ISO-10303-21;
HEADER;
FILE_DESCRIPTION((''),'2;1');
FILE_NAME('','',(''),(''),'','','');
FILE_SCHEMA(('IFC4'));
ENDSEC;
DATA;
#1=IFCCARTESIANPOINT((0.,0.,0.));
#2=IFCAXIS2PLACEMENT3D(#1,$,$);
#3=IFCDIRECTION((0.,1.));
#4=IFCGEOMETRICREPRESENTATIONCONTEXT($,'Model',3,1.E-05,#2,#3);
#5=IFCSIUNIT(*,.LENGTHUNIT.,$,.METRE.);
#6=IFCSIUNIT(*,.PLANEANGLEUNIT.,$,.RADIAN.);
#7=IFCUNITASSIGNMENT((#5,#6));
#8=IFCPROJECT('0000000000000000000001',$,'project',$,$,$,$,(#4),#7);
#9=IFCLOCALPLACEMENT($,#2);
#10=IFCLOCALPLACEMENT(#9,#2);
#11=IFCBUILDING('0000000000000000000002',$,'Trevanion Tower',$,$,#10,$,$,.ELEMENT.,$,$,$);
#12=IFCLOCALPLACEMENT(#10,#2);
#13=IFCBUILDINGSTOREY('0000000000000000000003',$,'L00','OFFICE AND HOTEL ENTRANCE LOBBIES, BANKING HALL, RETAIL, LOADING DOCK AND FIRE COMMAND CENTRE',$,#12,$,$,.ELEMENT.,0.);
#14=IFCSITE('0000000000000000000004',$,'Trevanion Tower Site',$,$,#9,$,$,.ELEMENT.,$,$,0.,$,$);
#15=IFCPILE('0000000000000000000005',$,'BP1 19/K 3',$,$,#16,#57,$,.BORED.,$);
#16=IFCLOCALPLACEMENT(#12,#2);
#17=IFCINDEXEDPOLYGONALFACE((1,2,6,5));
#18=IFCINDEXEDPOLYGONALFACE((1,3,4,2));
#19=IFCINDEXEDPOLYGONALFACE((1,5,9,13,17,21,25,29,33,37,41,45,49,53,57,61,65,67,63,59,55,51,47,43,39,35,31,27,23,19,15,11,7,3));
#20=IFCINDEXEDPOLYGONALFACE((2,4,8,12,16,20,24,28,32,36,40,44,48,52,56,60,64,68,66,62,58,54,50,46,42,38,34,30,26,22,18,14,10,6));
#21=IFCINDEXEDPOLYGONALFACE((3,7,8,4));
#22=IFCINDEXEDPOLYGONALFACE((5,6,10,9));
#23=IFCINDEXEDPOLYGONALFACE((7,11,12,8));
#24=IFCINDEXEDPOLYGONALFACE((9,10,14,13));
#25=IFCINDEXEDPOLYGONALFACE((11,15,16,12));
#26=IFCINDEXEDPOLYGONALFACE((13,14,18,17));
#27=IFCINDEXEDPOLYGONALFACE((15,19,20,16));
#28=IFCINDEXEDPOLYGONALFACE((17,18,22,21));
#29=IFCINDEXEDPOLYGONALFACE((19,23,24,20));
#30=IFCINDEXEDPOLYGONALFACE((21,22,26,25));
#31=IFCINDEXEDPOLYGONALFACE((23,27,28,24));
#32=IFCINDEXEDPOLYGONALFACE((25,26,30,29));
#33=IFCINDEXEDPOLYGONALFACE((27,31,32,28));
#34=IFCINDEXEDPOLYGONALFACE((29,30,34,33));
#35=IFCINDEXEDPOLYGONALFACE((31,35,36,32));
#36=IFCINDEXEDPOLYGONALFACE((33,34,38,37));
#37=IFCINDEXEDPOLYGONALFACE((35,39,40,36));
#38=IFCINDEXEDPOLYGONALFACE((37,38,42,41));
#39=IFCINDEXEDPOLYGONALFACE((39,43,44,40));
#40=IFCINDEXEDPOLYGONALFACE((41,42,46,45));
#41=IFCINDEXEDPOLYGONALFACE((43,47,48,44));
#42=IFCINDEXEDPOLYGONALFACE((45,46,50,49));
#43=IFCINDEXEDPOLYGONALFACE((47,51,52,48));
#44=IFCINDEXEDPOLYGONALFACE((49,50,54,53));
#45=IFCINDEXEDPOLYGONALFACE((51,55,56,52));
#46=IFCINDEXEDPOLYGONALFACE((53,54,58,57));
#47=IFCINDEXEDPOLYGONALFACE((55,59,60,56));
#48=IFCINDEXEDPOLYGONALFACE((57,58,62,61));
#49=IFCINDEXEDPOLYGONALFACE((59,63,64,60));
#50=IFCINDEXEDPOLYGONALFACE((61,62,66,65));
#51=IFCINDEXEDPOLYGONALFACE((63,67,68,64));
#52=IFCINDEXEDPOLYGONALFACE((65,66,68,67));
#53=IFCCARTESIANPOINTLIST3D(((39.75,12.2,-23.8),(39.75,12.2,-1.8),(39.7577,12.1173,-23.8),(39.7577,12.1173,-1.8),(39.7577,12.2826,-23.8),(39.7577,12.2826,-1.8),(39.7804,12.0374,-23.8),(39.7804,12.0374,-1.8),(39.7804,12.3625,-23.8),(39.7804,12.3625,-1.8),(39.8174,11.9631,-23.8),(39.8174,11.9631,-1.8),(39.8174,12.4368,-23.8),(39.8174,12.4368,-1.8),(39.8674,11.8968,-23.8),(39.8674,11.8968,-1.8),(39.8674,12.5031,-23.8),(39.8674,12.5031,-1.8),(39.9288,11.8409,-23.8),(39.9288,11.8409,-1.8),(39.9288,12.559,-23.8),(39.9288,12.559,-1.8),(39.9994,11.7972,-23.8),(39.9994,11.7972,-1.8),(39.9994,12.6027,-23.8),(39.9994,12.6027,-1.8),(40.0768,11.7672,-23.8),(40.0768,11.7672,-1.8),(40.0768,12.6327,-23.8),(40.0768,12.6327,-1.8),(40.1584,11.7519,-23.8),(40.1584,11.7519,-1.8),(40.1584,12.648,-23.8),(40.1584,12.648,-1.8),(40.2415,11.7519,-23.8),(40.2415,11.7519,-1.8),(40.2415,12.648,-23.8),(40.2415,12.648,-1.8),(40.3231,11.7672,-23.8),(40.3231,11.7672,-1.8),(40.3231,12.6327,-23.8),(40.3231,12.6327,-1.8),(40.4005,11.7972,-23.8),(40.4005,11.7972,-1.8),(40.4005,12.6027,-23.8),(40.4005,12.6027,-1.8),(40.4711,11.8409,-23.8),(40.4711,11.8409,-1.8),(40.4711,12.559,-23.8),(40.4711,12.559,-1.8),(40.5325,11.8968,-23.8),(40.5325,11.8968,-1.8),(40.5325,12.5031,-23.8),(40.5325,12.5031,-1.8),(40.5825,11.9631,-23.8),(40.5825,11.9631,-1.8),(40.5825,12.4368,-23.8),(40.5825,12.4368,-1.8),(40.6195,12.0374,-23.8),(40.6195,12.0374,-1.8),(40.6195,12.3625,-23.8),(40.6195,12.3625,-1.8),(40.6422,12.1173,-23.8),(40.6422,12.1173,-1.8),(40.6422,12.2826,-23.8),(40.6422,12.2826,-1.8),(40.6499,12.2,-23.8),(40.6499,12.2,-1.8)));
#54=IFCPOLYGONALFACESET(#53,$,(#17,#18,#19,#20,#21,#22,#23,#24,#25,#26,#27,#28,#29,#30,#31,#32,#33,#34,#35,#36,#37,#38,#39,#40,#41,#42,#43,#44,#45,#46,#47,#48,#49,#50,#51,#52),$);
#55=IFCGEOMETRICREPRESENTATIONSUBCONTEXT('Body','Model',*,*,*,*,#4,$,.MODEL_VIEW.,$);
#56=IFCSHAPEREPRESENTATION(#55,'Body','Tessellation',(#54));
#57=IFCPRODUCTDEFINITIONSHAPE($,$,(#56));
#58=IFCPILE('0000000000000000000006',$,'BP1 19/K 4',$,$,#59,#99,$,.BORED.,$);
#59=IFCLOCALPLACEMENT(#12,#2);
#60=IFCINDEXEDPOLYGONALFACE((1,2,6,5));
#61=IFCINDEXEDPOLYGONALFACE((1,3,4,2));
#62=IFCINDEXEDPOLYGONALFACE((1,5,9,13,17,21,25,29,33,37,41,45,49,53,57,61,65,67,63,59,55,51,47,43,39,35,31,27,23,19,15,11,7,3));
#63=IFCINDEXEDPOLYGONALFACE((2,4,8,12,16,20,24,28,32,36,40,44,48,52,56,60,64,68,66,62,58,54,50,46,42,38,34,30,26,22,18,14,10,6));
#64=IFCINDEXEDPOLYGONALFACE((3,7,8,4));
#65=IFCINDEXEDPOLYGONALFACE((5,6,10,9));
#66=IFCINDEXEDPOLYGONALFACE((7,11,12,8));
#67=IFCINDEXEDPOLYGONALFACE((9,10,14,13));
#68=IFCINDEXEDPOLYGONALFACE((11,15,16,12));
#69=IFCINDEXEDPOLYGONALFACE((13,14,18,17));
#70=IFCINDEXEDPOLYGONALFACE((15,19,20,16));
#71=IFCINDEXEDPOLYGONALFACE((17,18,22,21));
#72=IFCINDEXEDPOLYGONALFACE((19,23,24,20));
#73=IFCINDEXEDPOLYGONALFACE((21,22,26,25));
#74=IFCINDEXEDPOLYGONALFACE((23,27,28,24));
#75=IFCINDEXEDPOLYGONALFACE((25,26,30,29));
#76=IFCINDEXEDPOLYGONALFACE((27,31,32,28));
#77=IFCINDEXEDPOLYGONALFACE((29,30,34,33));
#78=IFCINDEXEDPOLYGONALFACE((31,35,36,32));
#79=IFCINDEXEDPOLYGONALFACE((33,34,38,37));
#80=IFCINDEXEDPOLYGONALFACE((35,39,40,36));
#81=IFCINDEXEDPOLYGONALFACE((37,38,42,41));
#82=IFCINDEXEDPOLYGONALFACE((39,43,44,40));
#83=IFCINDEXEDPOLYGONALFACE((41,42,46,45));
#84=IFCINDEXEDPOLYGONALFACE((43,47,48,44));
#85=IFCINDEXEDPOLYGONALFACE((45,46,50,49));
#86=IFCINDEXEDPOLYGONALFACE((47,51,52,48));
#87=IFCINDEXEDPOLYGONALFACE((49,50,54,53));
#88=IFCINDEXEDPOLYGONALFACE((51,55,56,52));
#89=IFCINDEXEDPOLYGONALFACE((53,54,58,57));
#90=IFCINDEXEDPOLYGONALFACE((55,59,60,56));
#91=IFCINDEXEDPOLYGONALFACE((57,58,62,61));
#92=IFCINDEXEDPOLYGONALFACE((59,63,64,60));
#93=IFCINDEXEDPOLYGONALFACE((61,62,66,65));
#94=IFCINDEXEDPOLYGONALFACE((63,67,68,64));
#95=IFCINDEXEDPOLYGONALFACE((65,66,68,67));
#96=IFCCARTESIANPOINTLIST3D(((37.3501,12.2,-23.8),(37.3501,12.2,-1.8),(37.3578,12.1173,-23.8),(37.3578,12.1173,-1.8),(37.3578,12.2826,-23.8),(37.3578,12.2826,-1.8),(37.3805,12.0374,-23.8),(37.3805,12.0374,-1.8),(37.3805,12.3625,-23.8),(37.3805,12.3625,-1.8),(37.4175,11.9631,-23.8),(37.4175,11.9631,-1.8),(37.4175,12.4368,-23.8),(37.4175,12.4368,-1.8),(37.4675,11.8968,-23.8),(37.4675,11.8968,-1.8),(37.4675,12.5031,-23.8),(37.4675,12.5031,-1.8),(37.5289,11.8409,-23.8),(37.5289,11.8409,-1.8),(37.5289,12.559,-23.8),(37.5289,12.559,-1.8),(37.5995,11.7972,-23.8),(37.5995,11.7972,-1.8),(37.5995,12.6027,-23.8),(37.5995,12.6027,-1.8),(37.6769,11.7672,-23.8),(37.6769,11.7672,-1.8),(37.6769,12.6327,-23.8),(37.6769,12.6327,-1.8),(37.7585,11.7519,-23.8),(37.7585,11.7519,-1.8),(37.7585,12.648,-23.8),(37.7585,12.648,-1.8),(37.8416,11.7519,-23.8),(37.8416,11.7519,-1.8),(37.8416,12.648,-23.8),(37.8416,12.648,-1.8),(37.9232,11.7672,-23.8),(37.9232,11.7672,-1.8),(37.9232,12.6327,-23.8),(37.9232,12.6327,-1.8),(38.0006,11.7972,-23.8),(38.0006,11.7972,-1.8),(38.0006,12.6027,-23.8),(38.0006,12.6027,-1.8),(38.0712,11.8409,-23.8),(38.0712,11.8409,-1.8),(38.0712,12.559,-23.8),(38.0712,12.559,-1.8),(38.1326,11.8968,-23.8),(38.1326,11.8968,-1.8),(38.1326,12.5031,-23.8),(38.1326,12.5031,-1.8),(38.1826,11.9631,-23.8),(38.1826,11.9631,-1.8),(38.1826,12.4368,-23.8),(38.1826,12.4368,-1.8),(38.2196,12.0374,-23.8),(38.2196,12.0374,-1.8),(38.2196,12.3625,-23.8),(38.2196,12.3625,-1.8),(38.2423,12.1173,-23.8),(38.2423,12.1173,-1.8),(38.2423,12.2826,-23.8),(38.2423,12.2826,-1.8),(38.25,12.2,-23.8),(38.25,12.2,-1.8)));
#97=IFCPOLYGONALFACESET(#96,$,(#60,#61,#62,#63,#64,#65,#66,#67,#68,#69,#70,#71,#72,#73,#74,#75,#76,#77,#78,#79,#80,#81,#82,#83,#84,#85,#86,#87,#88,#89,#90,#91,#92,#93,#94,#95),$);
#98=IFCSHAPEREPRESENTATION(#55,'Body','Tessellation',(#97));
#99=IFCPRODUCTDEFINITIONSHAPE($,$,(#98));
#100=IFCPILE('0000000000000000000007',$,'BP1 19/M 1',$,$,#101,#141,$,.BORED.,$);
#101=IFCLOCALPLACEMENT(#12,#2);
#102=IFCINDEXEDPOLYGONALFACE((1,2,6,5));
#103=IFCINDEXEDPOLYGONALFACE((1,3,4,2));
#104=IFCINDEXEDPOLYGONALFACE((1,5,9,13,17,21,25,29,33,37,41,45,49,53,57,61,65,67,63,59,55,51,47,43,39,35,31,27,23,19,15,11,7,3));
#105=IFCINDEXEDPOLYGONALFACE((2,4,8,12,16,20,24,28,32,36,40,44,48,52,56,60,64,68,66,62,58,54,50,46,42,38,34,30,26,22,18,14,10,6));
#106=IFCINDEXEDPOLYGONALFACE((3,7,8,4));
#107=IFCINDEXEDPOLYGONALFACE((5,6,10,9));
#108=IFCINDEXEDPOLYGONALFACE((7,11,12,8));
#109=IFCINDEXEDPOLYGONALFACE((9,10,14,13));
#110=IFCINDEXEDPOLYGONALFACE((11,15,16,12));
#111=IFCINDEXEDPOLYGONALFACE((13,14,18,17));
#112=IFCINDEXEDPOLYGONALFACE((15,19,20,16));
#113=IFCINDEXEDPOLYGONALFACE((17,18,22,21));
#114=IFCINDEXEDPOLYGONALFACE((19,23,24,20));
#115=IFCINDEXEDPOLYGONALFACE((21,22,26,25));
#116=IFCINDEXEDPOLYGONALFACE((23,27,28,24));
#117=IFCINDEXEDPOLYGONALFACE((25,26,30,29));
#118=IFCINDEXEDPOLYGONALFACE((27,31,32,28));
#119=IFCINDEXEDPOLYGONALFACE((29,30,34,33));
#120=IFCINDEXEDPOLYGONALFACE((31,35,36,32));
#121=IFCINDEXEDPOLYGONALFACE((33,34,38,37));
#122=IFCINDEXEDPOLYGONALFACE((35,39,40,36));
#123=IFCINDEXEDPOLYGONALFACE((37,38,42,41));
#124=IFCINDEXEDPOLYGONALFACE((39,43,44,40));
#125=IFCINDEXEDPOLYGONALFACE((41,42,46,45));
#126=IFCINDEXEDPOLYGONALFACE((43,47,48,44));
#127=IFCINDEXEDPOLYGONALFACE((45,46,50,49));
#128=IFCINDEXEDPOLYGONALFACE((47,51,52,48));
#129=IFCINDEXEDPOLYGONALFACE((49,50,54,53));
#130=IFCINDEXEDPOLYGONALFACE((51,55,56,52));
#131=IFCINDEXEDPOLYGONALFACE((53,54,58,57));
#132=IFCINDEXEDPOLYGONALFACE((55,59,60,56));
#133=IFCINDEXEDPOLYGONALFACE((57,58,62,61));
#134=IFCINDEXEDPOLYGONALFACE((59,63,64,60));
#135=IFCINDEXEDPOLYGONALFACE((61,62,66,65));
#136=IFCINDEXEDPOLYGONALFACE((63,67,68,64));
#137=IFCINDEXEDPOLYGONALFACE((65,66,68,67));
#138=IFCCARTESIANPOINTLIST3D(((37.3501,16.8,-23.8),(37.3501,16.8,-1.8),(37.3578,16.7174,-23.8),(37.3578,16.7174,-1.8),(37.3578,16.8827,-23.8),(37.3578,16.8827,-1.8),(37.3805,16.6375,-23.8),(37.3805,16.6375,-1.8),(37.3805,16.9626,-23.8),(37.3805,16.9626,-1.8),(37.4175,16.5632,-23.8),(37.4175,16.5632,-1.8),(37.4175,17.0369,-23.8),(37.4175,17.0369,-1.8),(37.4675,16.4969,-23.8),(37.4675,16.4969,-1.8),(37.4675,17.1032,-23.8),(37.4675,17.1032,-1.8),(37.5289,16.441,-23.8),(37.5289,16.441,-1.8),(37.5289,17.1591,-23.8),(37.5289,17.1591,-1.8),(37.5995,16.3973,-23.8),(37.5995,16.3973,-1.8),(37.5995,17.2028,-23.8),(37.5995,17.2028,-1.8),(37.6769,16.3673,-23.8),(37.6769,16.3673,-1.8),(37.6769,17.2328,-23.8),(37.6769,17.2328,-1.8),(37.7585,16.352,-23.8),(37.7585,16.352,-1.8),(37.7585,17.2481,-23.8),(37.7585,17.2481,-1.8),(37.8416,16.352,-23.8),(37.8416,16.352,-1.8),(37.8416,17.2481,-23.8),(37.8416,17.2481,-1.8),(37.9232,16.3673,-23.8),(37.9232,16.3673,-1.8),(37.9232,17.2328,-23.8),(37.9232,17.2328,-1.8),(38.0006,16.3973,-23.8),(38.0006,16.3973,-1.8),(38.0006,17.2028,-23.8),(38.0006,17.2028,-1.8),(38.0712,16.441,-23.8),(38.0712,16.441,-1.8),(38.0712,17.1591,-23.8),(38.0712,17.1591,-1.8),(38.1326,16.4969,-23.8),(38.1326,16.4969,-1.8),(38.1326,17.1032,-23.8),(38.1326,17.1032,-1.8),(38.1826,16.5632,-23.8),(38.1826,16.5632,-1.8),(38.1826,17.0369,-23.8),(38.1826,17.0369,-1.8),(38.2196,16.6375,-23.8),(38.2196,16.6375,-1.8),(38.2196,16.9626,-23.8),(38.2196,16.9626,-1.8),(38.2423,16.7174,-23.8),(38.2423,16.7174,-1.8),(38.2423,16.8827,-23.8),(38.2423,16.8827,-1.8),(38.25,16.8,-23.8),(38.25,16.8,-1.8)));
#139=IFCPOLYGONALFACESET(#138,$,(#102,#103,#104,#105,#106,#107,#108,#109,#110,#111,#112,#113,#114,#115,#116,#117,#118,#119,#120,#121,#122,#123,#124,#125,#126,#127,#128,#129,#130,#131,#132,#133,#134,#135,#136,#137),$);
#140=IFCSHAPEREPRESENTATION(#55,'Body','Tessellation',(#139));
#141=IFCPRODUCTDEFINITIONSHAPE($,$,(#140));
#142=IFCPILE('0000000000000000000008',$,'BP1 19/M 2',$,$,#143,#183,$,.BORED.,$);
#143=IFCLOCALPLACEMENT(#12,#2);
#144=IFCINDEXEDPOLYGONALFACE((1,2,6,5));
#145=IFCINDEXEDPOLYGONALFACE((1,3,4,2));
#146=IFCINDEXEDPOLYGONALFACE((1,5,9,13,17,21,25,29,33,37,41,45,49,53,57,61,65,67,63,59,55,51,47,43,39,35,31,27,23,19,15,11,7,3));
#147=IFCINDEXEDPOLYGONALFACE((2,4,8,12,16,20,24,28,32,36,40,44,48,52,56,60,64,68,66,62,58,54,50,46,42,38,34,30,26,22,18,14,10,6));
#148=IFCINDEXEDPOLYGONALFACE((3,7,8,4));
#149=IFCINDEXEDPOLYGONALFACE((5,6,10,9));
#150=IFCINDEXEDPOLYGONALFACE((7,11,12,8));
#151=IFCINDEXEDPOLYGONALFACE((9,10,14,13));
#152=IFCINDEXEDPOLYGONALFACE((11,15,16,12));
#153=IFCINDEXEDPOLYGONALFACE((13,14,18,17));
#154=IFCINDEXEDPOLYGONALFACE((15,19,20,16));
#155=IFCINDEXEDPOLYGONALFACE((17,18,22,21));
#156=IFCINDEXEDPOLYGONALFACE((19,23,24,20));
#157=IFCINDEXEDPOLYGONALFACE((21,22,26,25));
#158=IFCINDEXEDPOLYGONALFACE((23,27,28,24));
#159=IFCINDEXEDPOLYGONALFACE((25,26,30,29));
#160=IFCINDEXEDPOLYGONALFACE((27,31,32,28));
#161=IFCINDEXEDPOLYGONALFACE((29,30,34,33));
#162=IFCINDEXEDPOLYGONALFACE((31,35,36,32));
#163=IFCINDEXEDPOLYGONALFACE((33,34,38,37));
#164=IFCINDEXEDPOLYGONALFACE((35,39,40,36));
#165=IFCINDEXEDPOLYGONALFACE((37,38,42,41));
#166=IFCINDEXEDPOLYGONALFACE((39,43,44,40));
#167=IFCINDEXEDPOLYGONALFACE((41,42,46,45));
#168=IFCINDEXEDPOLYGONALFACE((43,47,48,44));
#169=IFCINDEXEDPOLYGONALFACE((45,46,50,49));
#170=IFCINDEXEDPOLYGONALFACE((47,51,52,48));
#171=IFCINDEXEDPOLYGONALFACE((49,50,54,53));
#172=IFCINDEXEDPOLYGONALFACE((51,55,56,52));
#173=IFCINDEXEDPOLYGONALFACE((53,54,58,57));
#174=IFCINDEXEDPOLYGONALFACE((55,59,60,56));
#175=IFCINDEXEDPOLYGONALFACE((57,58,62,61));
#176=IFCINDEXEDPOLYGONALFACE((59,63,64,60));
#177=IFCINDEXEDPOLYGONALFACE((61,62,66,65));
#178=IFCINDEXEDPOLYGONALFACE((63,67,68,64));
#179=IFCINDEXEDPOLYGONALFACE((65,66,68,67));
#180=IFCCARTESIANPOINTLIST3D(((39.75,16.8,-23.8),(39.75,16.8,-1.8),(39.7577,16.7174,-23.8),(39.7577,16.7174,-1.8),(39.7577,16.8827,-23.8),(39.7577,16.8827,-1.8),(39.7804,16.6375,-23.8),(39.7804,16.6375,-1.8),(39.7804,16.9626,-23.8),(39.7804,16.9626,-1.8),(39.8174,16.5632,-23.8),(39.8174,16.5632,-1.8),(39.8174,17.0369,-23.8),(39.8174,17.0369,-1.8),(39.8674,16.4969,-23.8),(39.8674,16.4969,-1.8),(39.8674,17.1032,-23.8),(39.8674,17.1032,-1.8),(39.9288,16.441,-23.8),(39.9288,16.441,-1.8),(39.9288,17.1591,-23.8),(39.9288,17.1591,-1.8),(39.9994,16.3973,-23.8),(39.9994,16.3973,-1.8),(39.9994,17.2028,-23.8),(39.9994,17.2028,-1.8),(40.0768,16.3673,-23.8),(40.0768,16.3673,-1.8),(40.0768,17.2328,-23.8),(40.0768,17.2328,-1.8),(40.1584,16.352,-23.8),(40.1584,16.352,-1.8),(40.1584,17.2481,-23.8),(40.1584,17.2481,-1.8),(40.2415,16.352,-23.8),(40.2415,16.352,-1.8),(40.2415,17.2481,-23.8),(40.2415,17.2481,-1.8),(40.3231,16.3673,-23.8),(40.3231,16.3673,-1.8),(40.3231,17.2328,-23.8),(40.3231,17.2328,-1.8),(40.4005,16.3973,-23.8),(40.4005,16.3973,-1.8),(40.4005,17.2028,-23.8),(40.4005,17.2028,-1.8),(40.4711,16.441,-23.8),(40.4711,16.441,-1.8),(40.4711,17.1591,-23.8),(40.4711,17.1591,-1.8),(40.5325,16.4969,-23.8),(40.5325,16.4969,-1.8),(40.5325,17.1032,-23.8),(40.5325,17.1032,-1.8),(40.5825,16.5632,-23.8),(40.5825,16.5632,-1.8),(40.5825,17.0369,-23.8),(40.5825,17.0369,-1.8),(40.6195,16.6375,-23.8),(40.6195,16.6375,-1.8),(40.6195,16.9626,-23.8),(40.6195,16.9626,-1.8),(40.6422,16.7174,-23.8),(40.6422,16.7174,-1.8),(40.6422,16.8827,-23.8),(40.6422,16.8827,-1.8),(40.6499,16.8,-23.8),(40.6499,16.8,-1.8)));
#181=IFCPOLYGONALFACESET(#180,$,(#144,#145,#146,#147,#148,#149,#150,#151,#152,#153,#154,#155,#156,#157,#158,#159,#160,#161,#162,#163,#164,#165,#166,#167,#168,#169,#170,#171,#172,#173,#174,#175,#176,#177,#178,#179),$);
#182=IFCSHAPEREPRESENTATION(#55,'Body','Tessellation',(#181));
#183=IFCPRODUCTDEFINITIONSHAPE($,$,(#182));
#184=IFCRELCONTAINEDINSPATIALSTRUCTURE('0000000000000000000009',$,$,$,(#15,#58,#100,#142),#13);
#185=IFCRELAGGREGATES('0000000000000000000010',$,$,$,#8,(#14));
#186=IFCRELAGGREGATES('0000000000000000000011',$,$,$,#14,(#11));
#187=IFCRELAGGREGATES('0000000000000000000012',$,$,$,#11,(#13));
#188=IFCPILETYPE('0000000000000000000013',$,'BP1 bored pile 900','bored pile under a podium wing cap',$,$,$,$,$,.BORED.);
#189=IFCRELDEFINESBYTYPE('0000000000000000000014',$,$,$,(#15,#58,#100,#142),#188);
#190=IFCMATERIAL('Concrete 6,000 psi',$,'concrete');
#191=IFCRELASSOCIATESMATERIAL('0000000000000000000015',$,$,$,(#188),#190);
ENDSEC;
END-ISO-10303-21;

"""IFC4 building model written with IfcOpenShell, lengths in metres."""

from ifc_helpers import new_model, si_unit, direction, frame, origin, origin_2d, place, context, subcontext, project, spatial, circle, extrude, material, material_profile, profile_set, type_object, element, save


model = new_model("IFC4")

# Units and contexts
model_context = context("Model", 3, precision=1e-05, world=origin(), true_north=direction((0.0, 1.0)))
body_context = subcontext(model_context, "Body", "Model", "MODEL_VIEW")
ifc_project = project(units=[si_unit("LENGTHUNIT", "METRE"), si_unit("PLANEANGLEUNIT", "RADIAN")], contexts=[model_context])

# Site, building, storey
site_placement = place(None, origin())
site = spatial("IfcSite", under=ifc_project, at=site_placement, Name="Trevanion Tower Site", CompositionType="ELEMENT", RefElevation=0.0)
building_placement = place(site_placement, origin())
building = spatial("IfcBuilding", under=site, at=building_placement, Name="Trevanion Tower", CompositionType="ELEMENT")
storey_placement = place(building_placement, origin())
storey = spatial("IfcBuildingStorey", under=building, at=storey_placement, Name="L00", Description="OFFICE AND HOTEL ENTRANCE LOBBIES, BANKING HALL, RETAIL, LOADING DOCK AND FIRE COMMAND CENTRE", CompositionType="ELEMENT", Elevation=0.0)

# Piles
ifc_material_1 = material(Name="Concrete 6,000 psi", Category="concrete")
ifc_material_profile_1 = material_profile(ifc_material_1, circle(Radius=0.45, at=origin_2d()), Name="BP1 bored pile 900")
ifc_profile_set_1 = profile_set([ifc_material_profile_1], Name="Concrete 6,000 psi")
pile_type_1 = type_object("IfcPileType", Name="BP1 bored pile 900", Description="bored pile under a podium wing cap", PredefinedType="BORED", material=ifc_profile_set_1)
for number, where, z_axis, x_axis, name in (
    (1, (40.2, 12.2, -1.8), (0.0, 0.0, -1.0), (1.0, 0.0, 0.0), "BP1 19/K 3"),
    (2, (37.8, 12.2, -1.8), (0.0, 0.0, -1.0), (1.0, 0.0, 0.0), "BP1 19/K 4"),
    (3, (37.8, 16.8, -1.8), (0.0, 0.0, -1.0), (1.0, 0.0, 0.0), "BP1 19/M 1"),
    (4, (40.2, 16.8, -1.8), (0.0, 0.0, -1.0), (1.0, 0.0, 0.0), "BP1 19/M 2"),
):
    element("IfcPile", number, at=place(storey_placement, frame(where, z_axis=z_axis, x_axis=x_axis)), inside=storey, type_object=pile_type_1, Name=name, PredefinedType="BORED", context=body_context, shape_type="SweptSolid", body=[
        extrude(circle(Radius=0.45, at=origin_2d()), origin(), (0.0, 0.0, 1.0), 22.0),
    ])

save(model, "model.ifc")
